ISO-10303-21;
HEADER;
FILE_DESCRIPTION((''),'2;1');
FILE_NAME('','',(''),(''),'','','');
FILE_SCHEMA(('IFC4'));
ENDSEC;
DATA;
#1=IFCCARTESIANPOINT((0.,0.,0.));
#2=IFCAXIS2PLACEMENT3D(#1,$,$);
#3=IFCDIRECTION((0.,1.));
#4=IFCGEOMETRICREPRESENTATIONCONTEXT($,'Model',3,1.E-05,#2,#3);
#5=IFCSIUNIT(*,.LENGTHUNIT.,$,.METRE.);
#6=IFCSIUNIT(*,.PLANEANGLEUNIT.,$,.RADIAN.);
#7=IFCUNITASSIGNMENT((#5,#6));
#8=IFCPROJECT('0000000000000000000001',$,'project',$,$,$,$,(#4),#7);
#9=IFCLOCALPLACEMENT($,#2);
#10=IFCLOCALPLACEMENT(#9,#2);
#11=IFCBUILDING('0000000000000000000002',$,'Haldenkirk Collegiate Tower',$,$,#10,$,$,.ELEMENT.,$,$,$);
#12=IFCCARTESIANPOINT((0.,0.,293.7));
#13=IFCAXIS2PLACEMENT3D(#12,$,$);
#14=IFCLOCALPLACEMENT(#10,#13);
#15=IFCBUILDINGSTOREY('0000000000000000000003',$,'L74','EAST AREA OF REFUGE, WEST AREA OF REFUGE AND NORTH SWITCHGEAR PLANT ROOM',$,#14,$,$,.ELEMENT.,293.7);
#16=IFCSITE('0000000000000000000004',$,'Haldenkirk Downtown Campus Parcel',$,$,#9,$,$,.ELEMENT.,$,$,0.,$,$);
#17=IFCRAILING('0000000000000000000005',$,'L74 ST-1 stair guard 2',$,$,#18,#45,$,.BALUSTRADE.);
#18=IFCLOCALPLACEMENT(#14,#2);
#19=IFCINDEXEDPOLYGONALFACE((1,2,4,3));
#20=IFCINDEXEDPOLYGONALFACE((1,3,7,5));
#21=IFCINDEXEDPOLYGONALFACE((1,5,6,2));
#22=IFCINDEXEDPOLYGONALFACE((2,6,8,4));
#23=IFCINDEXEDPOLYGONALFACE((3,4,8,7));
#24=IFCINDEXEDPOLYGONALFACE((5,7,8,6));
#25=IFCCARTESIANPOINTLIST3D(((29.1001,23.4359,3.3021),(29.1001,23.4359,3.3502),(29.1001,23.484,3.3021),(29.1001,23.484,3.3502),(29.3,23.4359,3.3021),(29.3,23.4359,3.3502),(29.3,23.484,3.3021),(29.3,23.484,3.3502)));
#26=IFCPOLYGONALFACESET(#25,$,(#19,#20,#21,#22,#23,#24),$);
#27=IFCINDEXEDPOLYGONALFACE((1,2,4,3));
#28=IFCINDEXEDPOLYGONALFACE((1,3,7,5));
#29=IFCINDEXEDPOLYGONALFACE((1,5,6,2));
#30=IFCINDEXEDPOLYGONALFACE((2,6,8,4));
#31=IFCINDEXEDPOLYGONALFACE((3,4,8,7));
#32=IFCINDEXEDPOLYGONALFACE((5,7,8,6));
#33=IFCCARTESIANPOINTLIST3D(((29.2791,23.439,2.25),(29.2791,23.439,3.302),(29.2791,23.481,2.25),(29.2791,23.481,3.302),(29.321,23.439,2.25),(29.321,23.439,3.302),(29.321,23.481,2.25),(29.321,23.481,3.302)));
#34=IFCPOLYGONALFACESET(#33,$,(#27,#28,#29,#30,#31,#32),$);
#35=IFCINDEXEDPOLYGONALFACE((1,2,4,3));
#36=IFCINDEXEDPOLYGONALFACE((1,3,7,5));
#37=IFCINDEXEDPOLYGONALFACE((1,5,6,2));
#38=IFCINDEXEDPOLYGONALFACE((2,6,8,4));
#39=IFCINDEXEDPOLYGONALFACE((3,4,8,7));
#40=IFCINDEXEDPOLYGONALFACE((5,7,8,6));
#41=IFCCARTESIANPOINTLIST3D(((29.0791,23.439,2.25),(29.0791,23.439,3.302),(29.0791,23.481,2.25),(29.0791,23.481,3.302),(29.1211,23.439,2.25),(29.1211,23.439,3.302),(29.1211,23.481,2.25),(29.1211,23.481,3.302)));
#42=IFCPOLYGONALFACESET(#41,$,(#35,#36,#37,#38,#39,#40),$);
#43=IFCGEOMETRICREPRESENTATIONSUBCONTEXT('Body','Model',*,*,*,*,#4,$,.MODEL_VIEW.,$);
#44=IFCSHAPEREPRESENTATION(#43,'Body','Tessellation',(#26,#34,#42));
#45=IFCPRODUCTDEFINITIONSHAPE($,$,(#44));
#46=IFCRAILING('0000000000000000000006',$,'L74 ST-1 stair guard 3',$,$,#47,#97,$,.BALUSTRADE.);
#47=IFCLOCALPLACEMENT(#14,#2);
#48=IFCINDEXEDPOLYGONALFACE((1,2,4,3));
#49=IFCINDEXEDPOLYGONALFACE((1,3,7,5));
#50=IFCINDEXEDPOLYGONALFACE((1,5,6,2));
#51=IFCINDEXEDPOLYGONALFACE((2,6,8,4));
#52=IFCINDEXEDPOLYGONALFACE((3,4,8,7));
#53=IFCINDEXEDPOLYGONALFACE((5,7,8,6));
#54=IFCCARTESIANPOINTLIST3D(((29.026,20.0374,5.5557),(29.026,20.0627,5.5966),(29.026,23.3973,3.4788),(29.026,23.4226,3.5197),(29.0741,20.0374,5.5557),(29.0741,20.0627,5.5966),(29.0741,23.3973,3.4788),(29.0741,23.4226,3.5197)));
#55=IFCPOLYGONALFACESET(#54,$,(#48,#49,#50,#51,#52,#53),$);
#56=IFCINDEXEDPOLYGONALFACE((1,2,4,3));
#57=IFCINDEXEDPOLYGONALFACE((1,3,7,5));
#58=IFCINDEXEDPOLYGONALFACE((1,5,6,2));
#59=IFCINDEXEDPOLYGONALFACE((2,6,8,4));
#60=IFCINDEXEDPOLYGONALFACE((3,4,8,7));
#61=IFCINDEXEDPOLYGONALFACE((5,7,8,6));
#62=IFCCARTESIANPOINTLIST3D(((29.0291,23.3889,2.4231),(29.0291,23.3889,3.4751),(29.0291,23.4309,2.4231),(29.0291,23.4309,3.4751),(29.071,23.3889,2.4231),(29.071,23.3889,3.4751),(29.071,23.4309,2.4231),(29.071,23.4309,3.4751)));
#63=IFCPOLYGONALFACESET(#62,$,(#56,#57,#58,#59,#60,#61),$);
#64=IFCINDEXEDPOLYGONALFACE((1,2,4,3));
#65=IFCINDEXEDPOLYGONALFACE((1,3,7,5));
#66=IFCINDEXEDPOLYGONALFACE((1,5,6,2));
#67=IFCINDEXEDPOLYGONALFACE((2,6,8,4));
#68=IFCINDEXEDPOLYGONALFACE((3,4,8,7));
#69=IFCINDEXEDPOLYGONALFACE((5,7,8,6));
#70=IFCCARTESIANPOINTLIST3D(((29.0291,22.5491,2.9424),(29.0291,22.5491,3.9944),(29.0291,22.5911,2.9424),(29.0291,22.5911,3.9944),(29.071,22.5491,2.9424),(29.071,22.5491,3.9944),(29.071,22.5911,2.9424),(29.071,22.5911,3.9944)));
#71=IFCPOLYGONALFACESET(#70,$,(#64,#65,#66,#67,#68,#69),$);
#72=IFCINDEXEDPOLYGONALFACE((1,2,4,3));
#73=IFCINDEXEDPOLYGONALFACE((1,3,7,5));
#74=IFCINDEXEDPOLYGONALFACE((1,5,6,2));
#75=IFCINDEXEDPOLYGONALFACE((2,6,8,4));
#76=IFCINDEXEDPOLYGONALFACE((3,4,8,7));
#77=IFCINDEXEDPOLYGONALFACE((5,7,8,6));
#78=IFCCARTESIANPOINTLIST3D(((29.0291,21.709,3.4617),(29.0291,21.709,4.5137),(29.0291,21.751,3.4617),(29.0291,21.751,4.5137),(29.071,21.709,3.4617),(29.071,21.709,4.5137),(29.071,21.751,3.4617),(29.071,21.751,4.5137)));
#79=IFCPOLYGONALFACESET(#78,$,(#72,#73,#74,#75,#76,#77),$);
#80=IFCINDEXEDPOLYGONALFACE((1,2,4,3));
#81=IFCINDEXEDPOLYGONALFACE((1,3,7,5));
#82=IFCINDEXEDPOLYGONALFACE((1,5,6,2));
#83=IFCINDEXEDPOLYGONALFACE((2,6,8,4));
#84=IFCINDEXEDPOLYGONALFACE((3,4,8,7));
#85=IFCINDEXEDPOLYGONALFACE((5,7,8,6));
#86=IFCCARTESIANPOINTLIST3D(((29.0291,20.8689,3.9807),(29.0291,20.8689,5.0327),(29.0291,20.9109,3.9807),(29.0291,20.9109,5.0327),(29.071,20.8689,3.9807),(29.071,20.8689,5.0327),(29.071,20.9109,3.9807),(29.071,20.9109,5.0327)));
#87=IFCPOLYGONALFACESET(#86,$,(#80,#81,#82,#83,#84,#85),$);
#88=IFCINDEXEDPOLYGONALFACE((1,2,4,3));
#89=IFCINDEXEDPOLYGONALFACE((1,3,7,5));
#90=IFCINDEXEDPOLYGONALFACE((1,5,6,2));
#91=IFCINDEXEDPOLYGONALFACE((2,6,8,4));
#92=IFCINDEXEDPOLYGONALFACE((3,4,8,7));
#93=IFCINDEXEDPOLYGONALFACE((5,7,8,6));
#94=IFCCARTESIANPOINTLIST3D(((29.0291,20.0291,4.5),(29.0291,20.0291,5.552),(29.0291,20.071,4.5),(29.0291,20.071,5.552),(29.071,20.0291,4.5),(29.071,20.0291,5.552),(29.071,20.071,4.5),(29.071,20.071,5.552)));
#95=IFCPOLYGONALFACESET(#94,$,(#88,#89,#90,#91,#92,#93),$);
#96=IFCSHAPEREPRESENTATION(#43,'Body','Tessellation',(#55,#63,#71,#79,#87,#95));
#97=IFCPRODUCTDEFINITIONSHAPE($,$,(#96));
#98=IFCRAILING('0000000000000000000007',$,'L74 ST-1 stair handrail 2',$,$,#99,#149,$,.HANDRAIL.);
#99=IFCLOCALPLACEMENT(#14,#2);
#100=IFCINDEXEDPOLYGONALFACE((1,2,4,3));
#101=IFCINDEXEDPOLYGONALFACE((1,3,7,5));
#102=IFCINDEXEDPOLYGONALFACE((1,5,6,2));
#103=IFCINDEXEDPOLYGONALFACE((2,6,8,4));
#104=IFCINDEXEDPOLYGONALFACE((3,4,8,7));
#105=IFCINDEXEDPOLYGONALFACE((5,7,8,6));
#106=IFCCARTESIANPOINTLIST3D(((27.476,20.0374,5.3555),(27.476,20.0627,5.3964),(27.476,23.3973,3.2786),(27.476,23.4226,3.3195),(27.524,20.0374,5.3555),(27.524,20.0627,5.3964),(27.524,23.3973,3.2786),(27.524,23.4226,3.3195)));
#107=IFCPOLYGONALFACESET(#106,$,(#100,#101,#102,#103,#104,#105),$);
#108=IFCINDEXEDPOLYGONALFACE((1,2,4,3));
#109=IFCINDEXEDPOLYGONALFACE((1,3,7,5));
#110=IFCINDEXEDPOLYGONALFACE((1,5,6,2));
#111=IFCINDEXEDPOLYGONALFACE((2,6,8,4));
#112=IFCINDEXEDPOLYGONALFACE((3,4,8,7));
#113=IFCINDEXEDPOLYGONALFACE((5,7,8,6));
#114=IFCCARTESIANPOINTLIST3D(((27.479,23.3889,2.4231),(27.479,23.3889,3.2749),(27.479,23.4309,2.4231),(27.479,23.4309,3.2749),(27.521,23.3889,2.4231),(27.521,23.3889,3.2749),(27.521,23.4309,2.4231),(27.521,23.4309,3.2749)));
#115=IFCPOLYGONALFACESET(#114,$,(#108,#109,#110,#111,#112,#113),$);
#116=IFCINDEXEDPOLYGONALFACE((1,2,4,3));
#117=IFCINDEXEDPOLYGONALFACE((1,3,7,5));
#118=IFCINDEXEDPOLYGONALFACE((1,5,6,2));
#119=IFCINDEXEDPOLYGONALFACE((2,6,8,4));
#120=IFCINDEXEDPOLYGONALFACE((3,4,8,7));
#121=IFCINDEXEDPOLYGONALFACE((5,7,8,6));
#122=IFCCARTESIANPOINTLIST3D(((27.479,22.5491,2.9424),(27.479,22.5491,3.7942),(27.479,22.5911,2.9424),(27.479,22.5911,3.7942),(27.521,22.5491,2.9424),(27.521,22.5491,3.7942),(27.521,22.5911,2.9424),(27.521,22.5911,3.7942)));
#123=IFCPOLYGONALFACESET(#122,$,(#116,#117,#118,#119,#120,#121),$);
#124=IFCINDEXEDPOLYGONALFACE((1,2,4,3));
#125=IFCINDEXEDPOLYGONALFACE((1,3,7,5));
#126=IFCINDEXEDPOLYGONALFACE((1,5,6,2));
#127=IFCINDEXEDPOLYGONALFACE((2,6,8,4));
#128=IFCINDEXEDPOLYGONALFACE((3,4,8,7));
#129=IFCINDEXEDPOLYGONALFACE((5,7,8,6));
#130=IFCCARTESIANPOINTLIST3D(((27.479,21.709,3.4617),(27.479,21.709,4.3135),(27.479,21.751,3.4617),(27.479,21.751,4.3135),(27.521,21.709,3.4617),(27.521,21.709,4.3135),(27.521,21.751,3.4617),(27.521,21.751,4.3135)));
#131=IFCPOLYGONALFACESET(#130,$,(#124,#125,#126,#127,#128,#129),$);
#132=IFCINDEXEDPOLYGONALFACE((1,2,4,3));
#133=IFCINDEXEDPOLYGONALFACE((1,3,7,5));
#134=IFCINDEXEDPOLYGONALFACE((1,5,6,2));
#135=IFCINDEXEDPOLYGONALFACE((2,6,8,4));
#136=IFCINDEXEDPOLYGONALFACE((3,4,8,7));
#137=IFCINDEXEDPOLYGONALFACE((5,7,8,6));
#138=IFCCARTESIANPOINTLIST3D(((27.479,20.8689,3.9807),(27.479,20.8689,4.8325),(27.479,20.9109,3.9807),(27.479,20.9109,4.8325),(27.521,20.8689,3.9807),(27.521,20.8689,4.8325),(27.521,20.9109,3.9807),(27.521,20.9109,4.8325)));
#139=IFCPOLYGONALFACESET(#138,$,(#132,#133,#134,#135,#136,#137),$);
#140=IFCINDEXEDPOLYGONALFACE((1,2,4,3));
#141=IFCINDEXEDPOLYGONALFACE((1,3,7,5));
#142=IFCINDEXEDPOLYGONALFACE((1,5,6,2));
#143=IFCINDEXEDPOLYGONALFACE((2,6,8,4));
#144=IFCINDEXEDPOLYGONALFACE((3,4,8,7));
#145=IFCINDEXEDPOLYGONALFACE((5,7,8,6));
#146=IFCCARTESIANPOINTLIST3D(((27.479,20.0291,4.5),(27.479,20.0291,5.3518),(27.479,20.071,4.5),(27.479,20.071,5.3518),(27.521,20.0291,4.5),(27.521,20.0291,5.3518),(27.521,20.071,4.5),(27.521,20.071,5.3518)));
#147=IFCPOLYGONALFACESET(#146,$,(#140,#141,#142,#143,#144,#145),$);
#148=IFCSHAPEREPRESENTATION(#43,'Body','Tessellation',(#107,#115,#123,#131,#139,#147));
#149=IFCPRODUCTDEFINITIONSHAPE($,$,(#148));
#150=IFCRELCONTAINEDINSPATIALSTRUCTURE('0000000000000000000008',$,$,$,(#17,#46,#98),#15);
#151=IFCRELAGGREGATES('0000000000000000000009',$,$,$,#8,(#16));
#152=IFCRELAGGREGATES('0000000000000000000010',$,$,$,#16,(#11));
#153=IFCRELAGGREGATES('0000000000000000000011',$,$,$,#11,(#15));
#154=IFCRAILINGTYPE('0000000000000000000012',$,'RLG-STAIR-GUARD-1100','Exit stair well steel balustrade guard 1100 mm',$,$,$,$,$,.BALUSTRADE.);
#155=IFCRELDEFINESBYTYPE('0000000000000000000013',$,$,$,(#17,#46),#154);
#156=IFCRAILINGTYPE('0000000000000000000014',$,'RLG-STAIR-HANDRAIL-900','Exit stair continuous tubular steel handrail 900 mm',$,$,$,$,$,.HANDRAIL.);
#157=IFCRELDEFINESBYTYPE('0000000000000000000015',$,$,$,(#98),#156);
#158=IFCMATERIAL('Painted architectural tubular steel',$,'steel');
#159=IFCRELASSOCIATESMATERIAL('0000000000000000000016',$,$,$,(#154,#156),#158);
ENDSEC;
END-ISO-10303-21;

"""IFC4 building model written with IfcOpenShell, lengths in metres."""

from ifc_helpers import new_model, si_unit, direction, frame, origin, origin_2d, place, context, subcontext, project, spatial, rectangle, extrude, material, type_object, element, save


model = new_model("IFC4")

# Units and contexts
model_context = context("Model", 3, precision=1e-05, world=origin(), true_north=direction((0.0, 1.0)))
body_context = subcontext(model_context, "Body", "Model", "MODEL_VIEW")
ifc_project = project(units=[si_unit("LENGTHUNIT", "METRE"), si_unit("PLANEANGLEUNIT", "RADIAN")], contexts=[model_context])

# Site, building, storey
site_placement = place(None, origin())
site = spatial("IfcSite", under=ifc_project, at=site_placement, Name="Haldenkirk Downtown Campus Parcel", CompositionType="ELEMENT", RefElevation=0.0)
building_placement = place(site_placement, origin())
building = spatial("IfcBuilding", under=site, at=building_placement, Name="Haldenkirk Collegiate Tower", CompositionType="ELEMENT")
storey_placement = place(building_placement, frame((0.0, 0.0, 293.7)))
storey = spatial("IfcBuildingStorey", under=building, at=storey_placement, Name="L74", Description="EAST AREA OF REFUGE, WEST AREA OF REFUGE AND NORTH SWITCHGEAR PLANT ROOM", CompositionType="ELEMENT", Elevation=293.7)

# Railings
ifc_material_1 = material(Name="Painted architectural tubular steel", Category="steel")
railing_type_1 = type_object("IfcRailingType", Name="RLG-STAIR-GUARD-1100", Description="Exit stair well steel balustrade guard 1100 mm", PredefinedType="BALUSTRADE", material=ifc_material_1)
railing_1_placement = place(storey_placement, frame((29.3, 23.46, 2.25)))
element("IfcRailing", 1, at=railing_1_placement, inside=storey, type_object=railing_type_1, Name="L74 ST-1 stair guard 2", PredefinedType="BALUSTRADE", context=body_context, shape_type="SweptSolid", body=[
    extrude(rectangle(XDim=0.0481, YDim=0.0481, at=origin_2d()), frame((0.0, 0.0, 1.0762), z_axis=(-1.0, 0.0, 0.0), x_axis=(0.0, -1.0, 0.0)), (0.0, 0.0, 1.0), 0.2),
    extrude(rectangle(XDim=0.042, YDim=0.042, at=origin_2d()), origin(), (0.0, 0.0, 1.0), 1.052),
    extrude(rectangle(XDim=0.042, YDim=0.042, at=origin_2d()), frame((-0.2, 0.0, 0.0)), (0.0, 0.0, 1.0), 1.052),
])
railing_2_placement = place(storey_placement, frame((29.05, 23.4099, 2.4231)))
element("IfcRailing", 2, at=railing_2_placement, inside=storey, type_object=railing_type_1, Name="L74 ST-1 stair guard 3", PredefinedType="BALUSTRADE", context=body_context, shape_type="SweptSolid", body=[
    extrude(rectangle(XDim=0.0481, YDim=0.0481, at=origin_2d()), frame((0.0, 0.0, 1.0762), z_axis=(0.0, -0.850606, 0.525803), x_axis=(1.0, 0.0, 0.0)), (0.0, 0.0, 1.0), 3.95),
    extrude(rectangle(XDim=0.042, YDim=0.042, at=origin_2d()), origin(), (0.0, 0.0, 1.0), 1.052),
    extrude(rectangle(XDim=0.042, YDim=0.042, at=origin_2d()), frame((0.0, -0.8398, 0.5193)), (0.0, 0.0, 1.0), 1.052),
    extrude(rectangle(XDim=0.042, YDim=0.042, at=origin_2d()), frame((0.0, -1.6799, 1.0386)), (0.0, 0.0, 1.0), 1.052),
    extrude(rectangle(XDim=0.042, YDim=0.042, at=origin_2d()), frame((0.0, -2.52, 1.5576)), (0.0, 0.0, 1.0), 1.052),
    extrude(rectangle(XDim=0.042, YDim=0.042, at=origin_2d()), frame((0.0, -3.3599, 2.0769)), (0.0, 0.0, 1.0), 1.052),
])
railing_type_2 = type_object("IfcRailingType", Name="RLG-STAIR-HANDRAIL-900", Description="Exit stair continuous tubular steel handrail 900 mm", PredefinedType="HANDRAIL", material=ifc_material_1)
railing_3_placement = place(storey_placement, frame((27.5, 23.4099, 2.4231)))
element("IfcRailing", 3, at=railing_3_placement, inside=storey, type_object=railing_type_2, Name="L74 ST-1 stair handrail 2", PredefinedType="HANDRAIL", context=body_context, shape_type="SweptSolid", body=[
    extrude(rectangle(XDim=0.0481, YDim=0.0481, at=origin_2d()), frame((0.0, 0.0, 0.876), z_axis=(0.0, -0.850606, 0.525803), x_axis=(1.0, 0.0, 0.0)), (0.0, 0.0, 1.0), 3.95),
    extrude(rectangle(XDim=0.042, YDim=0.042, at=origin_2d()), origin(), (0.0, 0.0, 1.0), 0.8518),
    extrude(rectangle(XDim=0.042, YDim=0.042, at=origin_2d()), frame((0.0, -0.8398, 0.5193)), (0.0, 0.0, 1.0), 0.8518),
    extrude(rectangle(XDim=0.042, YDim=0.042, at=origin_2d()), frame((0.0, -1.6799, 1.0386)), (0.0, 0.0, 1.0), 0.8518),
    extrude(rectangle(XDim=0.042, YDim=0.042, at=origin_2d()), frame((0.0, -2.52, 1.5576)), (0.0, 0.0, 1.0), 0.8518),
    extrude(rectangle(XDim=0.042, YDim=0.042, at=origin_2d()), frame((0.0, -3.3599, 2.0769)), (0.0, 0.0, 1.0), 0.8518),
])

save(model, "model.ifc")
